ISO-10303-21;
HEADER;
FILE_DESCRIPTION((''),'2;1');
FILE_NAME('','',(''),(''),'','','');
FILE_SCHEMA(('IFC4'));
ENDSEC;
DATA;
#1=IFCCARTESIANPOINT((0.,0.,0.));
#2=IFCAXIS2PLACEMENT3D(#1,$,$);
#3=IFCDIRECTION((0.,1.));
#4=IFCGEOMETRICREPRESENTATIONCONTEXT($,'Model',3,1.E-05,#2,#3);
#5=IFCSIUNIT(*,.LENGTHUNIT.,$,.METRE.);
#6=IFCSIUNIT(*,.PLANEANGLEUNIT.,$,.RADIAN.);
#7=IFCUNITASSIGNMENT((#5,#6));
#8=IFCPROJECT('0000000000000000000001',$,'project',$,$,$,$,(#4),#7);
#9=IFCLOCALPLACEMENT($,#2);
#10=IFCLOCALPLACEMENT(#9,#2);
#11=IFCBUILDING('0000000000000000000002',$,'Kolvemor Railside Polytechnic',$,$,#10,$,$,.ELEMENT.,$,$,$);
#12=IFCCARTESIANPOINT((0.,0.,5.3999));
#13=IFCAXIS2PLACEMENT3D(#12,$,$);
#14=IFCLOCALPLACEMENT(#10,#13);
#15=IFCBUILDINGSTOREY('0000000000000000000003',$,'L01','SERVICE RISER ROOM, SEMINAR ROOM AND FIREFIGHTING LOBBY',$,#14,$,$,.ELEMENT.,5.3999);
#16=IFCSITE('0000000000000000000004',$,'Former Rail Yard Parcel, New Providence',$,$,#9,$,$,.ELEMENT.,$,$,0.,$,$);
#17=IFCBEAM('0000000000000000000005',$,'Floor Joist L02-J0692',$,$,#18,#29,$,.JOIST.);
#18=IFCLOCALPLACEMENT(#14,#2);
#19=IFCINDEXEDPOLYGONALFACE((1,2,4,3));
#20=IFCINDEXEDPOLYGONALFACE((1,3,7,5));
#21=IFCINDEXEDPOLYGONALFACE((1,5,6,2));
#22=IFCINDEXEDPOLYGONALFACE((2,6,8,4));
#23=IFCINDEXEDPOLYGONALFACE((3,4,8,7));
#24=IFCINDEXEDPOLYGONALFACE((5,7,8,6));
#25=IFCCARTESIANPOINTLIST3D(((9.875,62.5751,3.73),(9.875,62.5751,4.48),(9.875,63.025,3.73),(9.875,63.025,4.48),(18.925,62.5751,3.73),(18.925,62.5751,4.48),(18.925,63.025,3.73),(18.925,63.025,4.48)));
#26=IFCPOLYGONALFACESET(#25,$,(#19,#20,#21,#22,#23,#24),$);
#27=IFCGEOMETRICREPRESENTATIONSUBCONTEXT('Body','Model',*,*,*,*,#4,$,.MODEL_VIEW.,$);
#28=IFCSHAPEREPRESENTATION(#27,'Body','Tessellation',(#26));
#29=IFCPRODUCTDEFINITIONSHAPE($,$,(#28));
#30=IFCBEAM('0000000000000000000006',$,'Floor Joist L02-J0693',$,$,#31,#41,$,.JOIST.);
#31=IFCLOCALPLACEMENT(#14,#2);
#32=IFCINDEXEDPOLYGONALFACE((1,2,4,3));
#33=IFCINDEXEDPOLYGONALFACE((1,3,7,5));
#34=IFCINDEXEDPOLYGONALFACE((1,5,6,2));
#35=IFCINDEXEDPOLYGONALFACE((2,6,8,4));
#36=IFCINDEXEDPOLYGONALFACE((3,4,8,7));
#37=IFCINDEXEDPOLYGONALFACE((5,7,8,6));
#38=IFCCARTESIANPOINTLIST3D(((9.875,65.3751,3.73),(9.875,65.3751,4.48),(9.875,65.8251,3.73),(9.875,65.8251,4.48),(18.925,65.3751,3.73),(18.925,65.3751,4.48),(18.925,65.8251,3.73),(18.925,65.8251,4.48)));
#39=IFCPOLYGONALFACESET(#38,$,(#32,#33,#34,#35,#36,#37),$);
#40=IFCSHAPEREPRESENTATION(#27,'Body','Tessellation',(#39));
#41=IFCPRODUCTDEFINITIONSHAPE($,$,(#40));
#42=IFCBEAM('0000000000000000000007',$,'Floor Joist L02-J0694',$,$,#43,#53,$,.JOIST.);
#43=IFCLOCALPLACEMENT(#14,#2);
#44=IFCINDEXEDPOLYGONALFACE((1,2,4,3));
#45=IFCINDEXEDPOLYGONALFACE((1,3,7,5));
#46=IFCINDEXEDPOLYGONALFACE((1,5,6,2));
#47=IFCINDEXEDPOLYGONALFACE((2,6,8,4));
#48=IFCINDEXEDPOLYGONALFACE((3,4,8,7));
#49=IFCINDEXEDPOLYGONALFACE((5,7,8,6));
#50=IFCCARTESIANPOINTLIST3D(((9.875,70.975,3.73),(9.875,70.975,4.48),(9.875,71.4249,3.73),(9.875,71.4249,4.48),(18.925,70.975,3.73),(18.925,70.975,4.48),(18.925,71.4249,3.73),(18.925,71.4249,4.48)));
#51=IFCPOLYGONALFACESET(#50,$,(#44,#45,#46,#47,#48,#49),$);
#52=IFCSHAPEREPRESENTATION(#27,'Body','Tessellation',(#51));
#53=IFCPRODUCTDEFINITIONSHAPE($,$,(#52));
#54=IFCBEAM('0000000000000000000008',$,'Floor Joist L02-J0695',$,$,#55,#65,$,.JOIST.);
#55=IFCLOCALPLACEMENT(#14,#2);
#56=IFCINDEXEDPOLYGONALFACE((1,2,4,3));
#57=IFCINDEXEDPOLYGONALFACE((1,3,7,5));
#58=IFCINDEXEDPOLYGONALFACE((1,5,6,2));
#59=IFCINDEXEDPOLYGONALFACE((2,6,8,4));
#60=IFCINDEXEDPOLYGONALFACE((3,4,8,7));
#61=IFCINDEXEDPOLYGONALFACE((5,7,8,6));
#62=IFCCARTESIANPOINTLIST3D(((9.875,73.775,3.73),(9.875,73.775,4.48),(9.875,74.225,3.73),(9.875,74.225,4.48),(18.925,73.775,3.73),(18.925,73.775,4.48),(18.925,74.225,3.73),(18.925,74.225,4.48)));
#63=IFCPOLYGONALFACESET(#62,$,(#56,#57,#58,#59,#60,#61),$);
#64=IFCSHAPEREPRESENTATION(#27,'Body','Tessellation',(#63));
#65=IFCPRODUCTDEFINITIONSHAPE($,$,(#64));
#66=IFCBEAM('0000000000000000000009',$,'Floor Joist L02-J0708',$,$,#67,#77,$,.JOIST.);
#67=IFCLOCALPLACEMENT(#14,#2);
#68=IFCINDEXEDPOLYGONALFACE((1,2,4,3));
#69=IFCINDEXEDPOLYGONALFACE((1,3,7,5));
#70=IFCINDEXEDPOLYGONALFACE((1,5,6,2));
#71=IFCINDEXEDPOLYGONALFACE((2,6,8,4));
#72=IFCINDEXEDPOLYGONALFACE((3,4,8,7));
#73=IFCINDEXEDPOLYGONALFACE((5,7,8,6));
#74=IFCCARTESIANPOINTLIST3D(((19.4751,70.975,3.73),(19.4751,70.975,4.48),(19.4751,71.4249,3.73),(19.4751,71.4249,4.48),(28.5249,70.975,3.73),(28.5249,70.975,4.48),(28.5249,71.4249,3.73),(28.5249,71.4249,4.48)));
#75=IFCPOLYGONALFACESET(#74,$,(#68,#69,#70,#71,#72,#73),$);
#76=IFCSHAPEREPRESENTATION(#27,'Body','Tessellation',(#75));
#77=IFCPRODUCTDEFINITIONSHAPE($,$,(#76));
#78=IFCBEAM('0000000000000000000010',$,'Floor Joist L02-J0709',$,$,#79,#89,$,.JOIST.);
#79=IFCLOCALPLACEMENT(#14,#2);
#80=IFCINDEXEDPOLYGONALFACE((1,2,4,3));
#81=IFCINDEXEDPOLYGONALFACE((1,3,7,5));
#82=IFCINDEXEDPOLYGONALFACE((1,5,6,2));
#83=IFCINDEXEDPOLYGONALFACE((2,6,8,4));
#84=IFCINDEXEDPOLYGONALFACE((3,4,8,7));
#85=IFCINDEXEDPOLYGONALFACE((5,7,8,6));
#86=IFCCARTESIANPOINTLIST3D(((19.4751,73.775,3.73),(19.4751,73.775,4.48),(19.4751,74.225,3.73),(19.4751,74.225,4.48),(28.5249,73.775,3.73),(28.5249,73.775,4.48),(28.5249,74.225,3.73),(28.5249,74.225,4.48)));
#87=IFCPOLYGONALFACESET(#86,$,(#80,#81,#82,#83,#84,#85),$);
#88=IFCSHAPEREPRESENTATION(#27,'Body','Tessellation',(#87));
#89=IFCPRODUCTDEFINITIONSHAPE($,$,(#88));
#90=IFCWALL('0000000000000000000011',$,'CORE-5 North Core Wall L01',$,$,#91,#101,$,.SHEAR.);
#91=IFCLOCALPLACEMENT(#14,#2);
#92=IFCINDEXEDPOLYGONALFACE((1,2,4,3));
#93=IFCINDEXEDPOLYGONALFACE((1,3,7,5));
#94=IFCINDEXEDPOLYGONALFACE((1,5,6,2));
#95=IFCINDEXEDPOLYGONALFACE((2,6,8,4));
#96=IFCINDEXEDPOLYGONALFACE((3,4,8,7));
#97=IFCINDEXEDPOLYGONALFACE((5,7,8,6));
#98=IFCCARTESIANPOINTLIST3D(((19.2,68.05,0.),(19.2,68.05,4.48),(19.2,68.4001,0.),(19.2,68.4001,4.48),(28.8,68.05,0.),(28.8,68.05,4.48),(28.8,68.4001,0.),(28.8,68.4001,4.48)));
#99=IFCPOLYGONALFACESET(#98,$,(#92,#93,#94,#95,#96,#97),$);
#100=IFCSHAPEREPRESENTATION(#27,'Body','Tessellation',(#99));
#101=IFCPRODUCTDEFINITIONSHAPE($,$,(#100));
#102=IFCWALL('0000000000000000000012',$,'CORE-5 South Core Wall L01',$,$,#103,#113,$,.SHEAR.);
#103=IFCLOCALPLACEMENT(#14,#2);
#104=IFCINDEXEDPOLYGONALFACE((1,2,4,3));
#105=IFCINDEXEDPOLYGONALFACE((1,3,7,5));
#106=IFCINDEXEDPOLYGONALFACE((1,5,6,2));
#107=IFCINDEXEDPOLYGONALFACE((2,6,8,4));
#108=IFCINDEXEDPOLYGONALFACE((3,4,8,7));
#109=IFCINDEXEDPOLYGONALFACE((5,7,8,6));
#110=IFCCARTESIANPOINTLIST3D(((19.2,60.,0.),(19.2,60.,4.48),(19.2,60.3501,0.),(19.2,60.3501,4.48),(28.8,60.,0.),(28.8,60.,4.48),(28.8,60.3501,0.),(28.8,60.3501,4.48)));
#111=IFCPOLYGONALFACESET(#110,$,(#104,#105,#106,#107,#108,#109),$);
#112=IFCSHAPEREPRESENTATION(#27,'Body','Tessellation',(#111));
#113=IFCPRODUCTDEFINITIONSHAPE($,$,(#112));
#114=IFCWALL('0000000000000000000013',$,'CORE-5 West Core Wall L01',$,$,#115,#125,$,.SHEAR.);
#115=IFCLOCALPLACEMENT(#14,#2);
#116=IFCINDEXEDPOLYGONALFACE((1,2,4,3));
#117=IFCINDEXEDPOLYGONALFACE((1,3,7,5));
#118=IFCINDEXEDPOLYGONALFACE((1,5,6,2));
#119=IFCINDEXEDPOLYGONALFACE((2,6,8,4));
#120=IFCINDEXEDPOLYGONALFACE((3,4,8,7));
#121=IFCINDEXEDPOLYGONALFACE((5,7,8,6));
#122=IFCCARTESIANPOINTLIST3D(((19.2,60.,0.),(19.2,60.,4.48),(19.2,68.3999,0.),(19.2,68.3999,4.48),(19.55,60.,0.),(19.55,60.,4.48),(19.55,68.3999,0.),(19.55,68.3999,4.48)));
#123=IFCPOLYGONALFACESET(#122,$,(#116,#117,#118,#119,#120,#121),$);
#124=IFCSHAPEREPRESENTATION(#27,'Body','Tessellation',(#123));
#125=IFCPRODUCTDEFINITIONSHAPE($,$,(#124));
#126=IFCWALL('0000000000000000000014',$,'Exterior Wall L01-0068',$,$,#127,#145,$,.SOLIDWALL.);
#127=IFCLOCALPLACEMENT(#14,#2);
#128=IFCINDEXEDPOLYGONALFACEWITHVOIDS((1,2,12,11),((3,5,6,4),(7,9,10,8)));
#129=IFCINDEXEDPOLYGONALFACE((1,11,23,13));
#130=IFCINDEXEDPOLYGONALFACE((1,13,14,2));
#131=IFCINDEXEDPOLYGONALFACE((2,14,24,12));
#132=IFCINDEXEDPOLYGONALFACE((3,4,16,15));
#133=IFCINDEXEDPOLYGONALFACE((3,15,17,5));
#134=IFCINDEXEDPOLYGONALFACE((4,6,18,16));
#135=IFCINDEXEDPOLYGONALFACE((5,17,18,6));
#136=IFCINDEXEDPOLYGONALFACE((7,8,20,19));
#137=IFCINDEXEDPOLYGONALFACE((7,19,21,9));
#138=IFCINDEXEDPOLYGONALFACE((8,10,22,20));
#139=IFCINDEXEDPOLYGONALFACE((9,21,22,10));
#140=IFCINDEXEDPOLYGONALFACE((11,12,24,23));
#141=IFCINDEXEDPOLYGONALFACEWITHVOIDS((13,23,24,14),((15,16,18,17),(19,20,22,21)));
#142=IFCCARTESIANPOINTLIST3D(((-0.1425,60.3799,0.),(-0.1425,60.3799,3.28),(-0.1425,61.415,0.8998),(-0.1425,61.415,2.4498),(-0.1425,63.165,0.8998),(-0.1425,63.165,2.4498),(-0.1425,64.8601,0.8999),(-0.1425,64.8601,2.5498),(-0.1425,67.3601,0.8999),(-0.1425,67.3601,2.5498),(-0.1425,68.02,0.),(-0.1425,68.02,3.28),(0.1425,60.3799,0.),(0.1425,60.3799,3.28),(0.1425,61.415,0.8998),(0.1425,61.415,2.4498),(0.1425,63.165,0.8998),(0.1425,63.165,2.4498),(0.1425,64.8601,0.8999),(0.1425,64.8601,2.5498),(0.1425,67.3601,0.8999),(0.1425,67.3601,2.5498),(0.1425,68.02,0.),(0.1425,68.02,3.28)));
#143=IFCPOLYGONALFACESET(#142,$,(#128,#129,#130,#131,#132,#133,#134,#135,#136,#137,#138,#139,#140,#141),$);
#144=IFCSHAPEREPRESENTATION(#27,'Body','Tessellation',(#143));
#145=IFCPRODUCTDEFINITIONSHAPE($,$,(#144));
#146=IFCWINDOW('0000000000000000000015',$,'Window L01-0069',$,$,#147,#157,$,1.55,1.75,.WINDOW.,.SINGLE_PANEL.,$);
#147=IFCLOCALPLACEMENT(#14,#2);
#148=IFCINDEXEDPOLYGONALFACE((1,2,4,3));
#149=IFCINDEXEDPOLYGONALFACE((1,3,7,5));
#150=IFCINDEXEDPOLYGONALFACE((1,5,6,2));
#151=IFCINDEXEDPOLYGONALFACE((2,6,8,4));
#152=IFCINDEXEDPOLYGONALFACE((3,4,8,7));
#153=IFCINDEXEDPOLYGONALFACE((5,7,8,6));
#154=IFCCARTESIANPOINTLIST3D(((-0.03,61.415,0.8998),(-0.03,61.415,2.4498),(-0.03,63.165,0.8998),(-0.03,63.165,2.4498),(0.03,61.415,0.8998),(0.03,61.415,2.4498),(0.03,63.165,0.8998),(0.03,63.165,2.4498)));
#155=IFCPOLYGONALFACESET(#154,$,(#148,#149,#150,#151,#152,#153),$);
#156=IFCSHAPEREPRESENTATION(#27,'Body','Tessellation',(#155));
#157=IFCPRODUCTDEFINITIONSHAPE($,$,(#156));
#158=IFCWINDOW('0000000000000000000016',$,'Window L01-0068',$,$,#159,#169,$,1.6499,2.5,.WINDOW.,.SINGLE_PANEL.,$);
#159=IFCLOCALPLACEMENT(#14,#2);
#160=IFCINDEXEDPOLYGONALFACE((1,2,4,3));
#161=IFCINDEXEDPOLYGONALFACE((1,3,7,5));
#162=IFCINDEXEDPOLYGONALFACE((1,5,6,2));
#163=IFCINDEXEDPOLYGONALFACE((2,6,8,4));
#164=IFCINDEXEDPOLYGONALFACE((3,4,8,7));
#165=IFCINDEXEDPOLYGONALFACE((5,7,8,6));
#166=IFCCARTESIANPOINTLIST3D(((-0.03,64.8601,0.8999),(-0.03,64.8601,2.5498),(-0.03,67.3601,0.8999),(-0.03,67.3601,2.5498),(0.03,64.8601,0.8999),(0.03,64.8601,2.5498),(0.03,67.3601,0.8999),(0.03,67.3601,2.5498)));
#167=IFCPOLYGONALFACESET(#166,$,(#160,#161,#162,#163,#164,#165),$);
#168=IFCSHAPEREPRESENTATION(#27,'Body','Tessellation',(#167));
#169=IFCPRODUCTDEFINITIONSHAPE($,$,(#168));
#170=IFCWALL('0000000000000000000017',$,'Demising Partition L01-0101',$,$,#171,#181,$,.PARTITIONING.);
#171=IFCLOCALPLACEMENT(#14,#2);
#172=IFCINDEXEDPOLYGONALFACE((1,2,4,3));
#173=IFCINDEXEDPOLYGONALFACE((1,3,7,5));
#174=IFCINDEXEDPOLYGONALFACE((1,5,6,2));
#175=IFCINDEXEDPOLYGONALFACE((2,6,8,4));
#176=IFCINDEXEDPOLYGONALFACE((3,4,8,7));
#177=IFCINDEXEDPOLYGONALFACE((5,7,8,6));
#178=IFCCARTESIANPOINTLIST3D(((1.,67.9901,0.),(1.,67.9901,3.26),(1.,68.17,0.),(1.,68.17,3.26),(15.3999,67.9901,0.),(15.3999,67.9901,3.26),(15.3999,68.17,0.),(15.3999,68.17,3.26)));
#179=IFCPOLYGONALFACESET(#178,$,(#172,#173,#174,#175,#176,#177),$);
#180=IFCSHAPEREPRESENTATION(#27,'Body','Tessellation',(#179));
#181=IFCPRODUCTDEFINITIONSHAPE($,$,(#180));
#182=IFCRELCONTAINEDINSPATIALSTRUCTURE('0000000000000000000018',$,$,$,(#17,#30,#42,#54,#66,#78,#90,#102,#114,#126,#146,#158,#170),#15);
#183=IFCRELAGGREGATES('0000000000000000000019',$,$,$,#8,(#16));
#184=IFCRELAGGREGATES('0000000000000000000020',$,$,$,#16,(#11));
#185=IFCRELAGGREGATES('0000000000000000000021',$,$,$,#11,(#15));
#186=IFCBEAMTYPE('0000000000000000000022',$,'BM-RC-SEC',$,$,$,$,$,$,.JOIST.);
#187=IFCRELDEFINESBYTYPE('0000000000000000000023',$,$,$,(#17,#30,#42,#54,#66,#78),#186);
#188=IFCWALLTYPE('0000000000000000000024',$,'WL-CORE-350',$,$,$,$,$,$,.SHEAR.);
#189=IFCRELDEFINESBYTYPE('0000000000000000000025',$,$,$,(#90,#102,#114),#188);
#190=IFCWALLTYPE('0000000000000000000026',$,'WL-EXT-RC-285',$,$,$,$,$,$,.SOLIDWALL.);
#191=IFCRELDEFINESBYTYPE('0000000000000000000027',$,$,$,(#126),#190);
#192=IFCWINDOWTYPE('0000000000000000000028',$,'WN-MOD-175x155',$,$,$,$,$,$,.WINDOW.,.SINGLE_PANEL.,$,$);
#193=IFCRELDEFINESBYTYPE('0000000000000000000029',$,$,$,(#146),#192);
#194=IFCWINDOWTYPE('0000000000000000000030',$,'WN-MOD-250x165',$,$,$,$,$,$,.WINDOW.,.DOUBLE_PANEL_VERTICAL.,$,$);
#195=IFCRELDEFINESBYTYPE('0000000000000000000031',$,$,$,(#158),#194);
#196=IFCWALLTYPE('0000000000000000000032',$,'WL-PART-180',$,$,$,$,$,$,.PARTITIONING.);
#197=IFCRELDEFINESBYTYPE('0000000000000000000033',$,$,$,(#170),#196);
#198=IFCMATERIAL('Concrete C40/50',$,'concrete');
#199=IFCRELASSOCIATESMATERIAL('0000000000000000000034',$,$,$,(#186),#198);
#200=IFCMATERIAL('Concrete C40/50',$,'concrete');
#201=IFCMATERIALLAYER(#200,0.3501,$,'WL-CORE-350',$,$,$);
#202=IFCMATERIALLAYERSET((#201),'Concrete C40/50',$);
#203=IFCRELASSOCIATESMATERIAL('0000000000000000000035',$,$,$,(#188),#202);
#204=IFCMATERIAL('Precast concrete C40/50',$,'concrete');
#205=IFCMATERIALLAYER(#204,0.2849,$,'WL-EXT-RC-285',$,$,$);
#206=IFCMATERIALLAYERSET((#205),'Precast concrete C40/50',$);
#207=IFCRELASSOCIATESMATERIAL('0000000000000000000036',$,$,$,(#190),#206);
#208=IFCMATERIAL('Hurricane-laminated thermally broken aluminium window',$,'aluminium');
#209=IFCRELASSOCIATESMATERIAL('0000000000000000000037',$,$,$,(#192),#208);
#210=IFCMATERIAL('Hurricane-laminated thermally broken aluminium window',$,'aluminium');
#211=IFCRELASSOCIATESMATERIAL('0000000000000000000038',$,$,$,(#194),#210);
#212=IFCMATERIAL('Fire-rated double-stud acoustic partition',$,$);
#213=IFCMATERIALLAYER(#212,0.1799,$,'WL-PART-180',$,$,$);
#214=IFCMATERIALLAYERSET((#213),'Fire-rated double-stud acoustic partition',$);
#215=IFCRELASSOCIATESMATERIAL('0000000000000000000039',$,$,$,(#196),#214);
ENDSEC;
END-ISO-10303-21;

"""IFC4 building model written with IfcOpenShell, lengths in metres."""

from ifc_helpers import new_model, si_unit, direction, frame, frame_2d, origin, origin_2d, place, context, subcontext, project, spatial, rectangle, extrude, material, layer, layer_set, material_profile, profile_set, type_object, element, fill, save


model = new_model("IFC4")

# Units and contexts
model_context = context("Model", 3, precision=1e-05, world=origin(), true_north=direction((0.0, 1.0)))
body_context = subcontext(model_context, "Body", "Model", "MODEL_VIEW")
ifc_project = project(units=[si_unit("LENGTHUNIT", "METRE"), si_unit("PLANEANGLEUNIT", "RADIAN")], contexts=[model_context])

# Site, building, storey
site_placement = place(None, origin())
site = spatial("IfcSite", under=ifc_project, at=site_placement, Name="Former Rail Yard Parcel, New Providence", CompositionType="ELEMENT", RefElevation=0.0)
building_placement = place(site_placement, origin())
building = spatial("IfcBuilding", under=site, at=building_placement, Name="Kolvemor Railside Polytechnic", CompositionType="ELEMENT")
storey_placement = place(building_placement, frame((0.0, 0.0, 5.3999)))
storey = spatial("IfcBuildingStorey", under=building, at=storey_placement, Name="L01", Description="SERVICE RISER ROOM, SEMINAR ROOM AND FIREFIGHTING LOBBY", CompositionType="ELEMENT", Elevation=5.3999)

# Beams
ifc_material_1 = material(Name="Concrete C40/50", Category="concrete")
ifc_material_profile_1 = material_profile(ifc_material_1, rectangle(XDim=0.45, YDim=0.75, at=origin_2d()), Name="RC450x750")
ifc_profile_set_1 = profile_set([ifc_material_profile_1], Name="Concrete C40/50")
beam_type_1 = type_object("IfcBeamType", Name="BM-RC-SEC", PredefinedType="JOIST", material=ifc_profile_set_1)
for number, where, z_axis, x_axis, name in (
    (1, (9.875, 62.8, 4.105), (1.0, 0.0, 0.0), (0.0, 1.0, 0.0), "Floor Joist L02-J0692"),
    (2, (9.875, 65.6001, 4.105), (1.0, 0.0, 0.0), (0.0, 1.0, 0.0), "Floor Joist L02-J0693"),
    (3, (9.875, 71.2, 4.105), (1.0, 0.0, 0.0), (0.0, 1.0, 0.0), "Floor Joist L02-J0694"),
    (4, (9.875, 74.0, 4.105), (1.0, 0.0, 0.0), (0.0, 1.0, 0.0), "Floor Joist L02-J0695"),
):
    element("IfcBeam", number, at=place(storey_placement, frame(where, z_axis=z_axis, x_axis=x_axis)), inside=storey, type_object=beam_type_1, Name=name, PredefinedType="JOIST", context=body_context, shape_type="SweptSolid", body=[
        extrude(rectangle(XDim=0.45, YDim=0.75, at=origin_2d()), origin(), (0.0, 0.0, 1.0), 9.05),
    ])
for number, where, z_axis, x_axis, name in (
    (5, (19.4751, 71.2, 4.105), (1.0, 0.0, 0.0), (0.0, 1.0, 0.0), "Floor Joist L02-J0708"),
    (6, (19.4751, 74.0, 4.105), (1.0, 0.0, 0.0), (0.0, 1.0, 0.0), "Floor Joist L02-J0709"),
):
    element("IfcBeam", number, at=place(storey_placement, frame(where, z_axis=z_axis, x_axis=x_axis)), inside=storey, type_object=beam_type_1, Name=name, PredefinedType="JOIST", context=body_context, shape_type="SweptSolid", body=[
        extrude(rectangle(XDim=0.45, YDim=0.75, at=origin_2d()), origin(), (0.0, 0.0, 1.0), 9.0498),
    ])

# Walls
ifc_material_2 = material(Name="Concrete C40/50", Category="concrete")
ifc_layer_1 = layer(ifc_material_2, 0.3501, Name="WL-CORE-350")
ifc_layer_set_1 = layer_set([ifc_layer_1], Name="Concrete C40/50")
wall_type_1 = type_object("IfcWallType", Name="WL-CORE-350", PredefinedType="SHEAR", material=ifc_layer_set_1)
for number, where, z_axis, x_axis, name in (
    (7, (19.2, 68.2251, 0.0), (0.0, 0.0, 1.0), (1.0, 0.0, 0.0), "CORE-5 North Core Wall L01"),
    (8, (19.2, 60.175, 0.0), (0.0, 0.0, 1.0), (1.0, 0.0, 0.0), "CORE-5 South Core Wall L01"),
):
    element("IfcWall", number, at=place(storey_placement, frame(where, z_axis=z_axis, x_axis=x_axis)), inside=storey, type_object=wall_type_1, Name=name, PredefinedType="SHEAR", context=body_context, shape_type="SweptSolid", body=[
        extrude(rectangle(XDim=9.6001, YDim=0.3501, at=frame_2d((4.8, 0.0))), origin(), (0.0, 0.0, 1.0), 4.48),
    ])
wall_1_placement = place(storey_placement, frame((19.375, 60.0, 0.0), z_axis=(0.0, 0.0, 1.0), x_axis=(0.0, 1.0, 0.0)))
element("IfcWall", 9, at=wall_1_placement, inside=storey, type_object=wall_type_1, Name="CORE-5 West Core Wall L01", PredefinedType="SHEAR", context=body_context, shape_type="SweptSolid", body=[
    extrude(rectangle(XDim=8.3999, YDim=0.3501, at=frame_2d((4.2, 0.0))), origin(), (0.0, 0.0, 1.0), 4.48),
])

# Wall, openings, windows
ifc_material_3 = material(Name="Precast concrete C40/50", Category="concrete")
ifc_layer_2 = layer(ifc_material_3, 0.2849, Name="WL-EXT-RC-285")
ifc_layer_set_2 = layer_set([ifc_layer_2], Name="Precast concrete C40/50")
wall_type_2 = type_object("IfcWallType", Name="WL-EXT-RC-285", PredefinedType="SOLIDWALL", material=ifc_layer_set_2)
wall_2_placement = place(storey_placement, frame((0.0, 68.02, 0.0), z_axis=(0.0, 0.0, 1.0), x_axis=(0.0, -1.0, 0.0)))
wall_2 = element("IfcWall", 10, at=wall_2_placement, inside=storey, type_object=wall_type_2, Name="Exterior Wall L01-0068", PredefinedType="SOLIDWALL", context=body_context, shape_type="SweptSolid", body=[
    extrude(rectangle(XDim=7.6401, YDim=0.2849, at=frame_2d((3.8201, 0.0))), origin(), (0.0, 0.0, 1.0), 3.28),
])
opening_1_placement = place(wall_2_placement, frame((0.6599, 0.0, 0.8999)))
opening_1 = element("IfcOpeningElement", 11, at=opening_1_placement, cuts=wall_2, PredefinedType="OPENING", context=body_context, shape_type="SweptSolid", body=[
    extrude(rectangle(XDim=2.5, YDim=1.6499, at=frame_2d((1.25, 0.825))), frame((0.0, 0.1523, 0.0), z_axis=(0.0, -1.0, 0.0), x_axis=(1.0, 0.0, 0.0)), (0.0, 0.0, 1.0), 0.3049),
])
opening_2_placement = place(wall_2_placement, frame((4.855, 0.0, 0.8999)))
opening_2 = element("IfcOpeningElement", 12, at=opening_2_placement, cuts=wall_2, PredefinedType="OPENING", context=body_context, shape_type="SweptSolid", body=[
    extrude(rectangle(XDim=1.75, YDim=1.55, at=frame_2d((0.875, 0.7749))), frame((0.0, 0.1523, 0.0), z_axis=(0.0, -1.0, 0.0), x_axis=(1.0, 0.0, 0.0)), (0.0, 0.0, 1.0), 0.3049),
])
ifc_material_4 = material(Name="Hurricane-laminated thermally broken aluminium window", Category="aluminium")
window_type_1 = type_object("IfcWindowType", Name="WN-MOD-175x155", PartitioningType="SINGLE_PANEL", PredefinedType="WINDOW", material=ifc_material_4)
window_1_placement = place(opening_2_placement, origin())
window_1 = element("IfcWindow", 13, at=window_1_placement, inside=storey, type_object=window_type_1, Name="Window L01-0069", OverallHeight=1.55, OverallWidth=1.75, PartitioningType="SINGLE_PANEL", PredefinedType="WINDOW", context=body_context, shape_type="SweptSolid", body=[
    extrude(rectangle(XDim=1.75, YDim=1.55, at=frame_2d((0.875, 0.7749))), frame((0.0, 0.03, 0.0), z_axis=(0.0, -1.0, 0.0), x_axis=(1.0, 0.0, 0.0)), (0.0, 0.0, 1.0), 0.0601),
])
fill(opening_2, window_1)
ifc_material_5 = material(Name="Hurricane-laminated thermally broken aluminium window", Category="aluminium")
window_type_2 = type_object("IfcWindowType", Name="WN-MOD-250x165", PartitioningType="DOUBLE_PANEL_VERTICAL", PredefinedType="WINDOW", material=ifc_material_5)
window_2_placement = place(opening_1_placement, origin())
window_2 = element("IfcWindow", 14, at=window_2_placement, inside=storey, type_object=window_type_2, Name="Window L01-0068", OverallHeight=1.6499, OverallWidth=2.5, PartitioningType="SINGLE_PANEL", PredefinedType="WINDOW", context=body_context, shape_type="SweptSolid", body=[
    extrude(rectangle(XDim=2.5, YDim=1.6499, at=frame_2d((1.25, 0.825))), frame((0.0, 0.03, 0.0), z_axis=(0.0, -1.0, 0.0), x_axis=(1.0, 0.0, 0.0)), (0.0, 0.0, 1.0), 0.0601),
])
fill(opening_1, window_2)

# Shared definitions
ifc_material_6 = material(Name="Fire-rated double-stud acoustic partition")
ifc_layer_3 = layer(ifc_material_6, 0.1799, Name="WL-PART-180")
ifc_layer_set_3 = layer_set([ifc_layer_3], Name="Fire-rated double-stud acoustic partition")
wall_type_3 = type_object("IfcWallType", Name="WL-PART-180", PredefinedType="PARTITIONING", material=ifc_layer_set_3)

# Wall
wall_3_placement = place(storey_placement, frame((1.0, 68.0801, 0.0), z_axis=(0.0, 0.0, 1.0), x_axis=(1.0, 0.0, 0.0)))
element("IfcWall", 15, at=wall_3_placement, inside=storey, type_object=wall_type_3, Name="Demising Partition L01-0101", PredefinedType="PARTITIONING", context=body_context, shape_type="SweptSolid", body=[
    extrude(rectangle(XDim=14.3999, YDim=0.1799, at=frame_2d((7.2, 0.0))), origin(), (0.0, 0.0, 1.0), 3.26),
])

save(model, "model.ifc")
